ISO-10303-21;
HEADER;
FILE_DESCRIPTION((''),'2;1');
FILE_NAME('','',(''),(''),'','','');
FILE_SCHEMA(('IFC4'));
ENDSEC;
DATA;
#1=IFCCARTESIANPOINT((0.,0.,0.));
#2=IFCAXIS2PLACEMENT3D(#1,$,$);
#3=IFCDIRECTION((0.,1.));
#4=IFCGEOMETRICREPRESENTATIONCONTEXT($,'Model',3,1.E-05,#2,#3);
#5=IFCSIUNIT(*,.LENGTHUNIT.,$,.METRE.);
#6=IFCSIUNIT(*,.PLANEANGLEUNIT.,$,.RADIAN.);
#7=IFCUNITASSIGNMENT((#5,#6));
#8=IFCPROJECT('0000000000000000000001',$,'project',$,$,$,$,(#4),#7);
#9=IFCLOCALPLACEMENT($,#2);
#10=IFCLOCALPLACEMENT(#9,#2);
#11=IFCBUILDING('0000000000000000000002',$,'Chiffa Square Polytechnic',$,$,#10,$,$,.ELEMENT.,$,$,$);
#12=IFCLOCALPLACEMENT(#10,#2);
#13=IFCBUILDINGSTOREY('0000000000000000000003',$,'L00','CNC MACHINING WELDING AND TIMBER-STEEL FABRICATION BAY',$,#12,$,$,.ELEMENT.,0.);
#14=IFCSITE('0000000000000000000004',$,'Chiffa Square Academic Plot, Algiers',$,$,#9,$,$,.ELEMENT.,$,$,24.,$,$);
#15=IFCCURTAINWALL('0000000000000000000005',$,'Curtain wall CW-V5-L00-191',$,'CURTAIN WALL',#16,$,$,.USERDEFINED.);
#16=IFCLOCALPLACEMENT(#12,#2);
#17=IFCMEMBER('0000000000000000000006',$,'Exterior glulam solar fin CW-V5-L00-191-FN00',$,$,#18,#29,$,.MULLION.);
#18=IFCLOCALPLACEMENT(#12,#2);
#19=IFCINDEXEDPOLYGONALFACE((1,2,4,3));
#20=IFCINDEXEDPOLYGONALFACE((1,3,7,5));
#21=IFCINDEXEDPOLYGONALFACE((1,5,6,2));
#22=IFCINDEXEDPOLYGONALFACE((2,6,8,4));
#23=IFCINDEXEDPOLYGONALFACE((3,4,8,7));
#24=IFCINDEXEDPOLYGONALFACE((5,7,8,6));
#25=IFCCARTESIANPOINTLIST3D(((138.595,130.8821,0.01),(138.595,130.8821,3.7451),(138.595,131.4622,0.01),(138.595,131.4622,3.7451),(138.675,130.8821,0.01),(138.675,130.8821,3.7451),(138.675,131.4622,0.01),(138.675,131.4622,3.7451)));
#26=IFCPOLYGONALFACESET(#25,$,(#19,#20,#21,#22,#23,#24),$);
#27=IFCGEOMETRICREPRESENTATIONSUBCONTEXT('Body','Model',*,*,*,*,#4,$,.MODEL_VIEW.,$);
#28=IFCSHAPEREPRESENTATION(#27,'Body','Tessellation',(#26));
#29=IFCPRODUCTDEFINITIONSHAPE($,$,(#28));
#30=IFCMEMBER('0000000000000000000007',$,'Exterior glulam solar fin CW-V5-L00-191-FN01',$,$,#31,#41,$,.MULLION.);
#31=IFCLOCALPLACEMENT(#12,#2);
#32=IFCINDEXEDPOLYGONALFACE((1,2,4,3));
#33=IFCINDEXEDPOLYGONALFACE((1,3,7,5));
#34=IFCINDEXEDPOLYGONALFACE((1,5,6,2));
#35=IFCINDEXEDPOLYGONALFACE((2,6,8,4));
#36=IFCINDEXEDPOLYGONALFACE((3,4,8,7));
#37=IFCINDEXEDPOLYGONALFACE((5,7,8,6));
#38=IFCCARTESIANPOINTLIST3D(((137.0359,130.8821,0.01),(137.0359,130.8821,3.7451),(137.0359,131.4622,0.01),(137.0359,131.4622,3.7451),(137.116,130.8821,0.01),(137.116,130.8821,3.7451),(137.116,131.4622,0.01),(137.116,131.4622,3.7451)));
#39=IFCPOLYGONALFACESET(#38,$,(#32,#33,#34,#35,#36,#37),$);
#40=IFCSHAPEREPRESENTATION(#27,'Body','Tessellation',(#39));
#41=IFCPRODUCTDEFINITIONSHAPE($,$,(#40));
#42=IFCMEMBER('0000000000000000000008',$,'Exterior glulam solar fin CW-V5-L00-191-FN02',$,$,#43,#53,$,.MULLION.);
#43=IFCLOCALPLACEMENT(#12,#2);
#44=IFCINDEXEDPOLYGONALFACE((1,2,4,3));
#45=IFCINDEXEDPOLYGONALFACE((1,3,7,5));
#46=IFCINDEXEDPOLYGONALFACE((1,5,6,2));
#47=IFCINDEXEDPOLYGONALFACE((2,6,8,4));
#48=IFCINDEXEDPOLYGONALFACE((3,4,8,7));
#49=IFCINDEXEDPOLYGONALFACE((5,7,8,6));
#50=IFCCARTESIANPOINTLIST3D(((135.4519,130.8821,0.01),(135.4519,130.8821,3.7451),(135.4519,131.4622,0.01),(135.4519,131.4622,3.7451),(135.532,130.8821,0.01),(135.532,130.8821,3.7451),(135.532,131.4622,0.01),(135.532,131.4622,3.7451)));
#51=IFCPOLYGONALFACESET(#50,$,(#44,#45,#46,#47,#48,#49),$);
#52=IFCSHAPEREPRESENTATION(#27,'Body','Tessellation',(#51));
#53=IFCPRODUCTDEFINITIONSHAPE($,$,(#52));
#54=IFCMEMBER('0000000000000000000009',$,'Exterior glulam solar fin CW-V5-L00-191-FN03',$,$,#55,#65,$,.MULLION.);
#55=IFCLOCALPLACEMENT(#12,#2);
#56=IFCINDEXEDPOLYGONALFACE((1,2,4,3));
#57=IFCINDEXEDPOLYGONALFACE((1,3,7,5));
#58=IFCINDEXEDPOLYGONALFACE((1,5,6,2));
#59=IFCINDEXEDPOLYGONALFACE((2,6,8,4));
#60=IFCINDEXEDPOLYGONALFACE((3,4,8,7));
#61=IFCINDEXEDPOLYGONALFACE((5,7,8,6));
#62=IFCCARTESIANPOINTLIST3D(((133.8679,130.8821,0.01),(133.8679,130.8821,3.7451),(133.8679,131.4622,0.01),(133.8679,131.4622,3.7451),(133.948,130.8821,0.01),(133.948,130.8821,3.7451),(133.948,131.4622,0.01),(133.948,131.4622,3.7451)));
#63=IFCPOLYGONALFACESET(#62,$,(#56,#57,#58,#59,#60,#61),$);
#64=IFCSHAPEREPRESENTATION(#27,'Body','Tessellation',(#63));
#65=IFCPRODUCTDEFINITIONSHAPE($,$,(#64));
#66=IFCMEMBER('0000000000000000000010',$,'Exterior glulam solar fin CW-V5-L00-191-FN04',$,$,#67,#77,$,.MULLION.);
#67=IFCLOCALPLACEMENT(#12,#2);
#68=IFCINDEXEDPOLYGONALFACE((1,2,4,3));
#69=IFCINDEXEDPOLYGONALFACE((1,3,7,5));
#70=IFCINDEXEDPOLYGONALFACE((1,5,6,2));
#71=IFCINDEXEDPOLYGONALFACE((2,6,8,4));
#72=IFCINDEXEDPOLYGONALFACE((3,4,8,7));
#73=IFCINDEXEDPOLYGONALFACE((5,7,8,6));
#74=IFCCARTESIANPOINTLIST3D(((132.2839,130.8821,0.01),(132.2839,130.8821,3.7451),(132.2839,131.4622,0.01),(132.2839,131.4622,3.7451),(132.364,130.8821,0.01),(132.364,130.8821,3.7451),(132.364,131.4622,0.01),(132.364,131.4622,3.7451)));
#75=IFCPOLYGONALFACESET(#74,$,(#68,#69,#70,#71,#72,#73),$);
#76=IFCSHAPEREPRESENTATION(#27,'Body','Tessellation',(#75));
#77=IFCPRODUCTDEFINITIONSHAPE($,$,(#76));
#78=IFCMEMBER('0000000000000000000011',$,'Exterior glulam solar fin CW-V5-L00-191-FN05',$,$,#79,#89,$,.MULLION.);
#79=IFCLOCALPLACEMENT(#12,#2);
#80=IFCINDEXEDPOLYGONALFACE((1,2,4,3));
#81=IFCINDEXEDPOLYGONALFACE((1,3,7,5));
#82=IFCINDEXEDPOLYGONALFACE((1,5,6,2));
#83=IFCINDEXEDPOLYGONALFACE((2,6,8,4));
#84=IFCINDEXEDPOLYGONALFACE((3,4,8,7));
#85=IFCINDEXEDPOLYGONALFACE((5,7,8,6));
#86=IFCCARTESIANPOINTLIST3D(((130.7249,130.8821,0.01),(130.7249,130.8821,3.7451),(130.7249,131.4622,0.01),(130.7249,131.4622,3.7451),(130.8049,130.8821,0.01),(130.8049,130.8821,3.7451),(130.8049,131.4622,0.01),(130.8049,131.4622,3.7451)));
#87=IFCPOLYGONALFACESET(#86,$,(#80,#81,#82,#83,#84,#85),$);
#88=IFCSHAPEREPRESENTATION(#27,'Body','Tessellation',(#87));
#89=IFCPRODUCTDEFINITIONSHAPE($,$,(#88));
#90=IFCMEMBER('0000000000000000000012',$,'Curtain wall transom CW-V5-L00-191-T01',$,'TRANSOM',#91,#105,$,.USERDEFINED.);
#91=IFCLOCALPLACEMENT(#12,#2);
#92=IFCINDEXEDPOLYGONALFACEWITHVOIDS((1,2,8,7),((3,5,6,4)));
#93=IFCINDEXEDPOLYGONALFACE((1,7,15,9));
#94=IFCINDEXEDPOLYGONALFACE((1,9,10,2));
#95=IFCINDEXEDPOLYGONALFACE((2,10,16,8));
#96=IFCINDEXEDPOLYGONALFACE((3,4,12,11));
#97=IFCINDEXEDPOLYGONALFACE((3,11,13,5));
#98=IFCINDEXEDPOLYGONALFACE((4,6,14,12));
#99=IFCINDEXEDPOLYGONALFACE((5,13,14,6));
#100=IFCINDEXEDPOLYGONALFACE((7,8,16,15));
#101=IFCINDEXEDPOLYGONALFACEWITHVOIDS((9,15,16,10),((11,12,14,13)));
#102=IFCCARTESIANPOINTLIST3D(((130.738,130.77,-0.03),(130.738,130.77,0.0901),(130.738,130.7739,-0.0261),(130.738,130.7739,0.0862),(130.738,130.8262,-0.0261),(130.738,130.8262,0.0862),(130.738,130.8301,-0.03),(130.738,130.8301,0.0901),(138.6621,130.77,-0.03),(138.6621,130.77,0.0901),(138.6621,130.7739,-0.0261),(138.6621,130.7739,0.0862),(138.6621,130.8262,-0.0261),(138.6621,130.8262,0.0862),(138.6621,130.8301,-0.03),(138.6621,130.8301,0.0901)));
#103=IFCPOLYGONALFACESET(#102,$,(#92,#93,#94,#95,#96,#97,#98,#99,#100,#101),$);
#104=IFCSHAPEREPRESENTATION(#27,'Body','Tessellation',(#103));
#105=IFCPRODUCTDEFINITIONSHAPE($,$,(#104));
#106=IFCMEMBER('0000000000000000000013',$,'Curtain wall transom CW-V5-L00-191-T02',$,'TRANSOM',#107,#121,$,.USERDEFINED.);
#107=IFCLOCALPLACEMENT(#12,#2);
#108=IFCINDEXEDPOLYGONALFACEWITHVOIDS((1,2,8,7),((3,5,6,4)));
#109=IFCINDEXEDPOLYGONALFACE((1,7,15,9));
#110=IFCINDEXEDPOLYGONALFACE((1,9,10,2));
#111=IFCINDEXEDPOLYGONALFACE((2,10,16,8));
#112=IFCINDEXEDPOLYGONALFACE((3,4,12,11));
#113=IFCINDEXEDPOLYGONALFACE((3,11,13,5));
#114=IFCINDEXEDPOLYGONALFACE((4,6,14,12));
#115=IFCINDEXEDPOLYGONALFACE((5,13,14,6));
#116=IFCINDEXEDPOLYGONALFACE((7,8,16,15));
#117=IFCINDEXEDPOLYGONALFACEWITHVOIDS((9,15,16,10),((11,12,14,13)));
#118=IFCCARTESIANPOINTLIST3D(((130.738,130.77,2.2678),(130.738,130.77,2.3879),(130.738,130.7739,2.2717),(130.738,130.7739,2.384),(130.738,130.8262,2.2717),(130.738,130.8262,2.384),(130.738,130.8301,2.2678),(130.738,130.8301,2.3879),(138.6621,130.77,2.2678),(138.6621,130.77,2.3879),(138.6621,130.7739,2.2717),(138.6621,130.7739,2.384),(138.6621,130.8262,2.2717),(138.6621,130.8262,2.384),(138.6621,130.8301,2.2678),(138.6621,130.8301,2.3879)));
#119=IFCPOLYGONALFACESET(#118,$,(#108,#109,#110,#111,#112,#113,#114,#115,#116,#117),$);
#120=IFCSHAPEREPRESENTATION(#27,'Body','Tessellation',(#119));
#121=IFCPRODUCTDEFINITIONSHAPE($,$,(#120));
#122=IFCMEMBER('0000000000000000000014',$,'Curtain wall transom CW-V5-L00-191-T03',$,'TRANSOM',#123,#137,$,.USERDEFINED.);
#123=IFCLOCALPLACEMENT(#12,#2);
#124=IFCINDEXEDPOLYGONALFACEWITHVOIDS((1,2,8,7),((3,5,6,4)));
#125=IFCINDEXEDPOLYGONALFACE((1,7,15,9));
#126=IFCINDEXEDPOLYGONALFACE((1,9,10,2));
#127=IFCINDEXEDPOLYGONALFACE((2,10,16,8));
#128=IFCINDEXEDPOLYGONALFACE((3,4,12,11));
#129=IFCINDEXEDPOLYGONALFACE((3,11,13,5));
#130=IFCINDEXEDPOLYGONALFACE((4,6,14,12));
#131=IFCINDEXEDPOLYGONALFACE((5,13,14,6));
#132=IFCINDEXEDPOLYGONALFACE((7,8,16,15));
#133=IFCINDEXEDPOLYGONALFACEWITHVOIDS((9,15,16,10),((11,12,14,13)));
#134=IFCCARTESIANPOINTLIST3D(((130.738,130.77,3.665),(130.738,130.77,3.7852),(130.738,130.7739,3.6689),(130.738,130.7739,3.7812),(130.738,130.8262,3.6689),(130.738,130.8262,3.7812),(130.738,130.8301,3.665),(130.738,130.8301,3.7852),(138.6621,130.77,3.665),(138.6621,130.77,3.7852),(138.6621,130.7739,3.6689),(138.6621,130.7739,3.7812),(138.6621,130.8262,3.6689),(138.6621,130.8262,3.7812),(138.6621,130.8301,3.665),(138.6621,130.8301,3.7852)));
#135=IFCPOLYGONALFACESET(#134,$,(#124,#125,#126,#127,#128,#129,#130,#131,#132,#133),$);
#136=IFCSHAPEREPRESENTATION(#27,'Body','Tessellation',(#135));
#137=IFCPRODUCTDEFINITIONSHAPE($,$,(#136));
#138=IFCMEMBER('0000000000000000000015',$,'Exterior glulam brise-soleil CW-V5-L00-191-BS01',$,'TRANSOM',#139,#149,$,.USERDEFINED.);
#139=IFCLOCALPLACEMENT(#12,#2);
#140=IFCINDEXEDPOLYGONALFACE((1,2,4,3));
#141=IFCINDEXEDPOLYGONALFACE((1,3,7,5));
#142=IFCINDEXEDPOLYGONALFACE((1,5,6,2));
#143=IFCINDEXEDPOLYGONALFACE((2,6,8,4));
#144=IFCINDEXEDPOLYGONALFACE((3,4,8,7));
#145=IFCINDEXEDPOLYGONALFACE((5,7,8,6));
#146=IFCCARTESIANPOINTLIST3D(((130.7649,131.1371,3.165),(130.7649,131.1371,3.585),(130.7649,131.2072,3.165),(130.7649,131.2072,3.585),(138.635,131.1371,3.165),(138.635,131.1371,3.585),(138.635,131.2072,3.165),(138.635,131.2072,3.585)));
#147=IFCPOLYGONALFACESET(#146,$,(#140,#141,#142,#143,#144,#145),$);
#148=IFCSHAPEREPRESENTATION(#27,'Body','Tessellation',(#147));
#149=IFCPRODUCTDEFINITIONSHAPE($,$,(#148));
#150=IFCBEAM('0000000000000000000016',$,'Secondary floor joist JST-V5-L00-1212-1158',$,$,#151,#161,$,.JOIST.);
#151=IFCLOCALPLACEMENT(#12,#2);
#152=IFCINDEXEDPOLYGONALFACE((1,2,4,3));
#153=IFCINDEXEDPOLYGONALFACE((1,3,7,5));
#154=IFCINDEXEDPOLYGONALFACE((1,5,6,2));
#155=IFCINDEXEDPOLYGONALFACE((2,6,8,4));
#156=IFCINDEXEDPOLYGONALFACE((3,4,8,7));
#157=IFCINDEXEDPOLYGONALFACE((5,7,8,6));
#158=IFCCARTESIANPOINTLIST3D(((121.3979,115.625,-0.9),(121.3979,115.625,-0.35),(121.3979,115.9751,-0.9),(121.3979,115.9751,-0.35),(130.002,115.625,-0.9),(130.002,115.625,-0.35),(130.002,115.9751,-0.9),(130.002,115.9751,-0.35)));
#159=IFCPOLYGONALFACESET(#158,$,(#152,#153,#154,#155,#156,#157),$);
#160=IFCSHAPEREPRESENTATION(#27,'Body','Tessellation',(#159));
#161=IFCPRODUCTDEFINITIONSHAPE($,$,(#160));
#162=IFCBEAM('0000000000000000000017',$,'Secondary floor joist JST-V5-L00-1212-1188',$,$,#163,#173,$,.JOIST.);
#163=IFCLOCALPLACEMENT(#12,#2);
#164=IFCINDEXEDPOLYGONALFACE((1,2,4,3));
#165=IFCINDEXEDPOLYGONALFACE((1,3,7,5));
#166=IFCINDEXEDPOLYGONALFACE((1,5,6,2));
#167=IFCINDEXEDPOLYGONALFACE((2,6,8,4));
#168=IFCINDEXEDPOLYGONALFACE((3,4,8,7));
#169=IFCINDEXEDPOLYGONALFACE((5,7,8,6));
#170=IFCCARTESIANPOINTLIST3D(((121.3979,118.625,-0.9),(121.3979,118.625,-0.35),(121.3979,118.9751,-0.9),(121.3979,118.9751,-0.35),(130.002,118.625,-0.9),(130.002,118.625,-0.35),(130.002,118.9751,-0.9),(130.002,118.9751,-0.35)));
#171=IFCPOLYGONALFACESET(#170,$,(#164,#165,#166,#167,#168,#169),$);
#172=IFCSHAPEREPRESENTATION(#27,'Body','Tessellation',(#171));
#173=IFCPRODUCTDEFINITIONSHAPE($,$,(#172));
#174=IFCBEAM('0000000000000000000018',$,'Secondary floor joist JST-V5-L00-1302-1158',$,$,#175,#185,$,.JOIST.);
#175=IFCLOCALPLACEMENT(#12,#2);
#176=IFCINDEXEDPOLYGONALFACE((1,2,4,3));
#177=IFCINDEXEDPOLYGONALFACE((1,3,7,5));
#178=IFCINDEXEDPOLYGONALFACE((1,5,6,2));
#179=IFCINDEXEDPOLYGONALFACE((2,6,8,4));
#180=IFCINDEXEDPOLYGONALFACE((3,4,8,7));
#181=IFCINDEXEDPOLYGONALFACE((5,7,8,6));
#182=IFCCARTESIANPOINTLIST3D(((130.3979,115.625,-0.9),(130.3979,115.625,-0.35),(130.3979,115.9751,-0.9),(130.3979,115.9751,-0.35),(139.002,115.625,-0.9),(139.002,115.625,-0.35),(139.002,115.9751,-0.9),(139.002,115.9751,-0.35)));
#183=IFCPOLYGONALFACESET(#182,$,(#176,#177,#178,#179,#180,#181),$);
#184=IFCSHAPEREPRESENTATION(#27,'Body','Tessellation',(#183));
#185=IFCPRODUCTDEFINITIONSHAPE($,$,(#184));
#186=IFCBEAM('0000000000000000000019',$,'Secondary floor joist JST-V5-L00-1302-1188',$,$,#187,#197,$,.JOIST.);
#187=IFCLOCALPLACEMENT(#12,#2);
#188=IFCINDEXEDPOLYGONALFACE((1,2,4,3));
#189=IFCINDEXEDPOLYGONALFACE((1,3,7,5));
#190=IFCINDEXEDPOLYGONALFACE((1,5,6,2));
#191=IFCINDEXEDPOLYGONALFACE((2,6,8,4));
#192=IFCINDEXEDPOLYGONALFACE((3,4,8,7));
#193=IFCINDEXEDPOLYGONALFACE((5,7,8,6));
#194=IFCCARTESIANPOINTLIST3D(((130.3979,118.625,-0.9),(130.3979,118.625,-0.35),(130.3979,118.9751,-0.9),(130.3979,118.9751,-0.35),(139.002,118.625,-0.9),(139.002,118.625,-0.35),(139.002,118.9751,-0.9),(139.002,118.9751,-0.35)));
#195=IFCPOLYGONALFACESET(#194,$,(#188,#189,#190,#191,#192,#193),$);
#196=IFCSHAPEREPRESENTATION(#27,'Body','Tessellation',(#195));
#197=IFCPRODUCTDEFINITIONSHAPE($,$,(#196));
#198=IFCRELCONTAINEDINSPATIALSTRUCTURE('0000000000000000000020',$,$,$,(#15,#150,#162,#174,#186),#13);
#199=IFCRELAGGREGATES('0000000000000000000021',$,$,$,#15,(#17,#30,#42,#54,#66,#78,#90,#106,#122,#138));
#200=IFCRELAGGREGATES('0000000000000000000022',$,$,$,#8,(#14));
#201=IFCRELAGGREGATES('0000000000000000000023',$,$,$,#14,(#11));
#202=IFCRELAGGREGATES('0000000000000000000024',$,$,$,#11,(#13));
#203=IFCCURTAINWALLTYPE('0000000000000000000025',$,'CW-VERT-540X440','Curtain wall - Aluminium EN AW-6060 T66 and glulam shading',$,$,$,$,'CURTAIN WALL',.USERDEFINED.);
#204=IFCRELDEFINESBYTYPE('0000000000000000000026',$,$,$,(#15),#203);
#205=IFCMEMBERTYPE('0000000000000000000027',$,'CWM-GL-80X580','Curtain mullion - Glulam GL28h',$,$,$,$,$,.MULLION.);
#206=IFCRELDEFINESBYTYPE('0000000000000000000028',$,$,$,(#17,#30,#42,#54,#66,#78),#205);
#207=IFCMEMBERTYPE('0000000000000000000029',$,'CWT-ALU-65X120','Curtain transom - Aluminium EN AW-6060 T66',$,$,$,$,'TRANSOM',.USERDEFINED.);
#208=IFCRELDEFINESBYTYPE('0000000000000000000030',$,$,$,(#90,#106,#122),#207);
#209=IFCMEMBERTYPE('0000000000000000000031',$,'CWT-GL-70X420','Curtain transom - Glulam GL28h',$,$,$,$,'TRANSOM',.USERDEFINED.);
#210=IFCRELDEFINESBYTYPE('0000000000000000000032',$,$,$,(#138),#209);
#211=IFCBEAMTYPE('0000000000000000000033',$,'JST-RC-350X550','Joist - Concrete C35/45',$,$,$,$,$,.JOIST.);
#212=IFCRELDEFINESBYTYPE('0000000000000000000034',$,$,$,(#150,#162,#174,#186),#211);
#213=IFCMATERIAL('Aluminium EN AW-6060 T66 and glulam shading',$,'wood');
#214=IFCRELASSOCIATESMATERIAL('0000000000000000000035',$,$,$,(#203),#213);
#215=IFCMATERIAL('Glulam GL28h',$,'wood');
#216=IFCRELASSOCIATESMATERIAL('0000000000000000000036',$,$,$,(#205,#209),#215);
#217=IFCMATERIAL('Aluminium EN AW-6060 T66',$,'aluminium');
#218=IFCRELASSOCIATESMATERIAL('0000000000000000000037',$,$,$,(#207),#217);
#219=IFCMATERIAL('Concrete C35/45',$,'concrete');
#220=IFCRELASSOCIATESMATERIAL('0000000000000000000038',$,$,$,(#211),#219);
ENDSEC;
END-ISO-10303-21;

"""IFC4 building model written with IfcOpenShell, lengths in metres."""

from ifc_helpers import new_model, si_unit, direction, frame, origin, origin_2d, place, context, subcontext, project, spatial, rectangle, hollow_rectangle, extrude, material, material_profile, profile_set, type_object, element, aggregate, save


model = new_model("IFC4")

# Units and contexts
model_context = context("Model", 3, precision=1e-05, world=origin(), true_north=direction((0.0, 1.0)))
body_context = subcontext(model_context, "Body", "Model", "MODEL_VIEW")
ifc_project = project(units=[si_unit("LENGTHUNIT", "METRE"), si_unit("PLANEANGLEUNIT", "RADIAN")], contexts=[model_context])

# Site, building, storey
site_placement = place(None, origin())
site = spatial("IfcSite", under=ifc_project, at=site_placement, Name="Chiffa Square Academic Plot, Algiers", CompositionType="ELEMENT", RefElevation=24.0)
building_placement = place(site_placement, origin())
building = spatial("IfcBuilding", under=site, at=building_placement, Name="Chiffa Square Polytechnic", CompositionType="ELEMENT")
storey_placement = place(building_placement, origin())
storey = spatial("IfcBuildingStorey", under=building, at=storey_placement, Name="L00", Description="CNC MACHINING WELDING AND TIMBER-STEEL FABRICATION BAY", CompositionType="ELEMENT", Elevation=0.0)

# Shared definitions
ifc_material_1 = material(Name="Concrete C35/45", Category="concrete")

# Curtain wall, members
ifc_material_2 = material(Name="Aluminium EN AW-6060 T66 and glulam shading", Category="wood")
curtain_wall_type = type_object("IfcCurtainWallType", Name="CW-VERT-540X440", Description="Curtain wall - Aluminium EN AW-6060 T66 and glulam shading", ElementType="CURTAIN WALL", PredefinedType="USERDEFINED", material=ifc_material_2)
curtain_wall_placement = place(storey_placement, origin())
curtain_wall = element("IfcCurtainWall", 1, at=curtain_wall_placement, inside=storey, type_object=curtain_wall_type, Name="Curtain wall CW-V5-L00-191", ObjectType="CURTAIN WALL", PredefinedType="USERDEFINED")
ifc_material_3 = material(Name="Aluminium EN AW-6060 T66", Category="aluminium")
ifc_material_4 = material(Name="Glulam GL28h", Category="wood")
ifc_material_profile_1 = material_profile(ifc_material_4, rectangle(XDim=0.0801, YDim=0.5801, at=origin_2d()), Name="GL28h 80x580")
ifc_profile_set_1 = profile_set([ifc_material_profile_1], Name="Glulam GL28h")
member_type_1 = type_object("IfcMemberType", Name="CWM-GL-80X580", Description="Curtain mullion - Glulam GL28h", PredefinedType="MULLION", material=ifc_profile_set_1)
member_1_placement = place(storey_placement, frame((138.635, 131.1721, 0.01), z_axis=(0.0, 0.0, 1.0), x_axis=(-1.0, 0.0, 0.0)))
member_1 = element("IfcMember", 2, at=member_1_placement, type_object=member_type_1, Name="Exterior glulam solar fin CW-V5-L00-191-FN00", PredefinedType="MULLION", context=body_context, shape_type="SweptSolid", body=[
    extrude(rectangle(XDim=0.0801, YDim=0.5801, at=origin_2d()), origin(), (0.0, 0.0, 1.0), 3.7351),
])
member_2_placement = place(storey_placement, frame((137.0759, 131.1721, 0.01), z_axis=(0.0, 0.0, 1.0), x_axis=(-1.0, 0.0, 0.0)))
member_2 = element("IfcMember", 3, at=member_2_placement, type_object=member_type_1, Name="Exterior glulam solar fin CW-V5-L00-191-FN01", PredefinedType="MULLION", context=body_context, shape_type="SweptSolid", body=[
    extrude(rectangle(XDim=0.0801, YDim=0.5801, at=origin_2d()), origin(), (0.0, 0.0, 1.0), 3.7351),
])
member_3_placement = place(storey_placement, frame((135.4919, 131.1721, 0.01), z_axis=(0.0, 0.0, 1.0), x_axis=(-1.0, 0.0, 0.0)))
member_3 = element("IfcMember", 4, at=member_3_placement, type_object=member_type_1, Name="Exterior glulam solar fin CW-V5-L00-191-FN02", PredefinedType="MULLION", context=body_context, shape_type="SweptSolid", body=[
    extrude(rectangle(XDim=0.0801, YDim=0.5801, at=origin_2d()), origin(), (0.0, 0.0, 1.0), 3.7351),
])
member_4_placement = place(storey_placement, frame((133.908, 131.1721, 0.01), z_axis=(0.0, 0.0, 1.0), x_axis=(-1.0, 0.0, 0.0)))
member_4 = element("IfcMember", 5, at=member_4_placement, type_object=member_type_1, Name="Exterior glulam solar fin CW-V5-L00-191-FN03", PredefinedType="MULLION", context=body_context, shape_type="SweptSolid", body=[
    extrude(rectangle(XDim=0.0801, YDim=0.5801, at=origin_2d()), origin(), (0.0, 0.0, 1.0), 3.7351),
])
member_5_placement = place(storey_placement, frame((132.324, 131.1721, 0.01), z_axis=(0.0, 0.0, 1.0), x_axis=(-1.0, 0.0, 0.0)))
member_5 = element("IfcMember", 6, at=member_5_placement, type_object=member_type_1, Name="Exterior glulam solar fin CW-V5-L00-191-FN04", PredefinedType="MULLION", context=body_context, shape_type="SweptSolid", body=[
    extrude(rectangle(XDim=0.0801, YDim=0.5801, at=origin_2d()), origin(), (0.0, 0.0, 1.0), 3.7351),
])
member_6_placement = place(storey_placement, frame((130.7649, 131.1721, 0.01), z_axis=(0.0, 0.0, 1.0), x_axis=(-1.0, 0.0, 0.0)))
member_6 = element("IfcMember", 7, at=member_6_placement, type_object=member_type_1, Name="Exterior glulam solar fin CW-V5-L00-191-FN05", PredefinedType="MULLION", context=body_context, shape_type="SweptSolid", body=[
    extrude(rectangle(XDim=0.0801, YDim=0.5801, at=origin_2d()), origin(), (0.0, 0.0, 1.0), 3.7351),
])
ifc_material_profile_2 = material_profile(ifc_material_3, hollow_rectangle(XDim=0.0601, YDim=0.1201, WallThickness=0.0039, at=origin_2d()), Name="ALU 60x120x4")
ifc_profile_set_2 = profile_set([ifc_material_profile_2], Name="Aluminium EN AW-6060 T66")
member_type_2 = type_object("IfcMemberType", Name="CWT-ALU-65X120", Description="Curtain transom - Aluminium EN AW-6060 T66", ElementType="TRANSOM", PredefinedType="USERDEFINED", material=ifc_profile_set_2)
member_7_placement = place(storey_placement, frame((138.6621, 130.8, 0.03), z_axis=(-1.0, 0.0, 0.0), x_axis=(0.0, -1.0, 0.0)))
member_7 = element("IfcMember", 8, at=member_7_placement, type_object=member_type_2, Name="Curtain wall transom CW-V5-L00-191-T01", ObjectType="TRANSOM", PredefinedType="USERDEFINED", context=body_context, shape_type="SweptSolid", body=[
    extrude(hollow_rectangle(XDim=0.0601, YDim=0.1201, WallThickness=0.0039, at=origin_2d()), origin(), (0.0, 0.0, 1.0), 7.9241),
])
member_8_placement = place(storey_placement, frame((138.6621, 130.8, 2.3279), z_axis=(-1.0, 0.0, 0.0), x_axis=(0.0, -1.0, 0.0)))
member_8 = element("IfcMember", 9, at=member_8_placement, type_object=member_type_2, Name="Curtain wall transom CW-V5-L00-191-T02", ObjectType="TRANSOM", PredefinedType="USERDEFINED", context=body_context, shape_type="SweptSolid", body=[
    extrude(hollow_rectangle(XDim=0.0601, YDim=0.1201, WallThickness=0.0039, at=origin_2d()), origin(), (0.0, 0.0, 1.0), 7.9241),
])
member_9_placement = place(storey_placement, frame((138.6621, 130.8, 3.7251), z_axis=(-1.0, 0.0, 0.0), x_axis=(0.0, -1.0, 0.0)))
member_9 = element("IfcMember", 10, at=member_9_placement, type_object=member_type_2, Name="Curtain wall transom CW-V5-L00-191-T03", ObjectType="TRANSOM", PredefinedType="USERDEFINED", context=body_context, shape_type="SweptSolid", body=[
    extrude(hollow_rectangle(XDim=0.0601, YDim=0.1201, WallThickness=0.0039, at=origin_2d()), origin(), (0.0, 0.0, 1.0), 7.9241),
])
ifc_material_profile_3 = material_profile(ifc_material_4, rectangle(XDim=0.0701, YDim=0.4199, at=origin_2d()), Name="GL28h 70x420")
ifc_profile_set_3 = profile_set([ifc_material_profile_3], Name="Glulam GL28h")
member_type_3 = type_object("IfcMemberType", Name="CWT-GL-70X420", Description="Curtain transom - Glulam GL28h", ElementType="TRANSOM", PredefinedType="USERDEFINED", material=ifc_profile_set_3)
member_10_placement = place(storey_placement, frame((138.635, 131.1721, 3.375), z_axis=(-1.0, 0.0, 0.0), x_axis=(0.0, -1.0, 0.0)))
member_10 = element("IfcMember", 11, at=member_10_placement, type_object=member_type_3, Name="Exterior glulam brise-soleil CW-V5-L00-191-BS01", ObjectType="TRANSOM", PredefinedType="USERDEFINED", context=body_context, shape_type="SweptSolid", body=[
    extrude(rectangle(XDim=0.0701, YDim=0.4199, at=origin_2d()), origin(), (0.0, 0.0, 1.0), 7.8701),
])

# Beams
ifc_material_profile_4 = material_profile(ifc_material_1, rectangle(XDim=0.3501, YDim=0.55, at=origin_2d()), Name="RC 350x550")
ifc_profile_set_4 = profile_set([ifc_material_profile_4], Name="Concrete C35/45")
beam_type_1 = type_object("IfcBeamType", Name="JST-RC-350X550", Description="Joist - Concrete C35/45", PredefinedType="JOIST", material=ifc_profile_set_4)
for number, where, z_axis, x_axis, name in (
    (12, (121.3979, 115.8, -0.625), (1.0, 0.0, 0.0), (0.0, 1.0, 0.0), "Secondary floor joist JST-V5-L00-1212-1158"),
    (13, (121.3979, 118.8, -0.625), (1.0, 0.0, 0.0), (0.0, 1.0, 0.0), "Secondary floor joist JST-V5-L00-1212-1188"),
    (14, (130.3979, 115.8, -0.625), (1.0, 0.0, 0.0), (0.0, 1.0, 0.0), "Secondary floor joist JST-V5-L00-1302-1158"),
    (15, (130.3979, 118.8, -0.625), (1.0, 0.0, 0.0), (0.0, 1.0, 0.0), "Secondary floor joist JST-V5-L00-1302-1188"),
):
    element("IfcBeam", number, at=place(storey_placement, frame(where, z_axis=z_axis, x_axis=x_axis)), inside=storey, type_object=beam_type_1, Name=name, PredefinedType="JOIST", context=body_context, shape_type="SweptSolid", body=[
        extrude(rectangle(XDim=0.3501, YDim=0.55, at=origin_2d()), origin(), (0.0, 0.0, 1.0), 8.604),
    ])

aggregate(curtain_wall, [member_1, member_2, member_3, member_4, member_5, member_6, member_7, member_8, member_9, member_10])

save(model, "model.ifc")
